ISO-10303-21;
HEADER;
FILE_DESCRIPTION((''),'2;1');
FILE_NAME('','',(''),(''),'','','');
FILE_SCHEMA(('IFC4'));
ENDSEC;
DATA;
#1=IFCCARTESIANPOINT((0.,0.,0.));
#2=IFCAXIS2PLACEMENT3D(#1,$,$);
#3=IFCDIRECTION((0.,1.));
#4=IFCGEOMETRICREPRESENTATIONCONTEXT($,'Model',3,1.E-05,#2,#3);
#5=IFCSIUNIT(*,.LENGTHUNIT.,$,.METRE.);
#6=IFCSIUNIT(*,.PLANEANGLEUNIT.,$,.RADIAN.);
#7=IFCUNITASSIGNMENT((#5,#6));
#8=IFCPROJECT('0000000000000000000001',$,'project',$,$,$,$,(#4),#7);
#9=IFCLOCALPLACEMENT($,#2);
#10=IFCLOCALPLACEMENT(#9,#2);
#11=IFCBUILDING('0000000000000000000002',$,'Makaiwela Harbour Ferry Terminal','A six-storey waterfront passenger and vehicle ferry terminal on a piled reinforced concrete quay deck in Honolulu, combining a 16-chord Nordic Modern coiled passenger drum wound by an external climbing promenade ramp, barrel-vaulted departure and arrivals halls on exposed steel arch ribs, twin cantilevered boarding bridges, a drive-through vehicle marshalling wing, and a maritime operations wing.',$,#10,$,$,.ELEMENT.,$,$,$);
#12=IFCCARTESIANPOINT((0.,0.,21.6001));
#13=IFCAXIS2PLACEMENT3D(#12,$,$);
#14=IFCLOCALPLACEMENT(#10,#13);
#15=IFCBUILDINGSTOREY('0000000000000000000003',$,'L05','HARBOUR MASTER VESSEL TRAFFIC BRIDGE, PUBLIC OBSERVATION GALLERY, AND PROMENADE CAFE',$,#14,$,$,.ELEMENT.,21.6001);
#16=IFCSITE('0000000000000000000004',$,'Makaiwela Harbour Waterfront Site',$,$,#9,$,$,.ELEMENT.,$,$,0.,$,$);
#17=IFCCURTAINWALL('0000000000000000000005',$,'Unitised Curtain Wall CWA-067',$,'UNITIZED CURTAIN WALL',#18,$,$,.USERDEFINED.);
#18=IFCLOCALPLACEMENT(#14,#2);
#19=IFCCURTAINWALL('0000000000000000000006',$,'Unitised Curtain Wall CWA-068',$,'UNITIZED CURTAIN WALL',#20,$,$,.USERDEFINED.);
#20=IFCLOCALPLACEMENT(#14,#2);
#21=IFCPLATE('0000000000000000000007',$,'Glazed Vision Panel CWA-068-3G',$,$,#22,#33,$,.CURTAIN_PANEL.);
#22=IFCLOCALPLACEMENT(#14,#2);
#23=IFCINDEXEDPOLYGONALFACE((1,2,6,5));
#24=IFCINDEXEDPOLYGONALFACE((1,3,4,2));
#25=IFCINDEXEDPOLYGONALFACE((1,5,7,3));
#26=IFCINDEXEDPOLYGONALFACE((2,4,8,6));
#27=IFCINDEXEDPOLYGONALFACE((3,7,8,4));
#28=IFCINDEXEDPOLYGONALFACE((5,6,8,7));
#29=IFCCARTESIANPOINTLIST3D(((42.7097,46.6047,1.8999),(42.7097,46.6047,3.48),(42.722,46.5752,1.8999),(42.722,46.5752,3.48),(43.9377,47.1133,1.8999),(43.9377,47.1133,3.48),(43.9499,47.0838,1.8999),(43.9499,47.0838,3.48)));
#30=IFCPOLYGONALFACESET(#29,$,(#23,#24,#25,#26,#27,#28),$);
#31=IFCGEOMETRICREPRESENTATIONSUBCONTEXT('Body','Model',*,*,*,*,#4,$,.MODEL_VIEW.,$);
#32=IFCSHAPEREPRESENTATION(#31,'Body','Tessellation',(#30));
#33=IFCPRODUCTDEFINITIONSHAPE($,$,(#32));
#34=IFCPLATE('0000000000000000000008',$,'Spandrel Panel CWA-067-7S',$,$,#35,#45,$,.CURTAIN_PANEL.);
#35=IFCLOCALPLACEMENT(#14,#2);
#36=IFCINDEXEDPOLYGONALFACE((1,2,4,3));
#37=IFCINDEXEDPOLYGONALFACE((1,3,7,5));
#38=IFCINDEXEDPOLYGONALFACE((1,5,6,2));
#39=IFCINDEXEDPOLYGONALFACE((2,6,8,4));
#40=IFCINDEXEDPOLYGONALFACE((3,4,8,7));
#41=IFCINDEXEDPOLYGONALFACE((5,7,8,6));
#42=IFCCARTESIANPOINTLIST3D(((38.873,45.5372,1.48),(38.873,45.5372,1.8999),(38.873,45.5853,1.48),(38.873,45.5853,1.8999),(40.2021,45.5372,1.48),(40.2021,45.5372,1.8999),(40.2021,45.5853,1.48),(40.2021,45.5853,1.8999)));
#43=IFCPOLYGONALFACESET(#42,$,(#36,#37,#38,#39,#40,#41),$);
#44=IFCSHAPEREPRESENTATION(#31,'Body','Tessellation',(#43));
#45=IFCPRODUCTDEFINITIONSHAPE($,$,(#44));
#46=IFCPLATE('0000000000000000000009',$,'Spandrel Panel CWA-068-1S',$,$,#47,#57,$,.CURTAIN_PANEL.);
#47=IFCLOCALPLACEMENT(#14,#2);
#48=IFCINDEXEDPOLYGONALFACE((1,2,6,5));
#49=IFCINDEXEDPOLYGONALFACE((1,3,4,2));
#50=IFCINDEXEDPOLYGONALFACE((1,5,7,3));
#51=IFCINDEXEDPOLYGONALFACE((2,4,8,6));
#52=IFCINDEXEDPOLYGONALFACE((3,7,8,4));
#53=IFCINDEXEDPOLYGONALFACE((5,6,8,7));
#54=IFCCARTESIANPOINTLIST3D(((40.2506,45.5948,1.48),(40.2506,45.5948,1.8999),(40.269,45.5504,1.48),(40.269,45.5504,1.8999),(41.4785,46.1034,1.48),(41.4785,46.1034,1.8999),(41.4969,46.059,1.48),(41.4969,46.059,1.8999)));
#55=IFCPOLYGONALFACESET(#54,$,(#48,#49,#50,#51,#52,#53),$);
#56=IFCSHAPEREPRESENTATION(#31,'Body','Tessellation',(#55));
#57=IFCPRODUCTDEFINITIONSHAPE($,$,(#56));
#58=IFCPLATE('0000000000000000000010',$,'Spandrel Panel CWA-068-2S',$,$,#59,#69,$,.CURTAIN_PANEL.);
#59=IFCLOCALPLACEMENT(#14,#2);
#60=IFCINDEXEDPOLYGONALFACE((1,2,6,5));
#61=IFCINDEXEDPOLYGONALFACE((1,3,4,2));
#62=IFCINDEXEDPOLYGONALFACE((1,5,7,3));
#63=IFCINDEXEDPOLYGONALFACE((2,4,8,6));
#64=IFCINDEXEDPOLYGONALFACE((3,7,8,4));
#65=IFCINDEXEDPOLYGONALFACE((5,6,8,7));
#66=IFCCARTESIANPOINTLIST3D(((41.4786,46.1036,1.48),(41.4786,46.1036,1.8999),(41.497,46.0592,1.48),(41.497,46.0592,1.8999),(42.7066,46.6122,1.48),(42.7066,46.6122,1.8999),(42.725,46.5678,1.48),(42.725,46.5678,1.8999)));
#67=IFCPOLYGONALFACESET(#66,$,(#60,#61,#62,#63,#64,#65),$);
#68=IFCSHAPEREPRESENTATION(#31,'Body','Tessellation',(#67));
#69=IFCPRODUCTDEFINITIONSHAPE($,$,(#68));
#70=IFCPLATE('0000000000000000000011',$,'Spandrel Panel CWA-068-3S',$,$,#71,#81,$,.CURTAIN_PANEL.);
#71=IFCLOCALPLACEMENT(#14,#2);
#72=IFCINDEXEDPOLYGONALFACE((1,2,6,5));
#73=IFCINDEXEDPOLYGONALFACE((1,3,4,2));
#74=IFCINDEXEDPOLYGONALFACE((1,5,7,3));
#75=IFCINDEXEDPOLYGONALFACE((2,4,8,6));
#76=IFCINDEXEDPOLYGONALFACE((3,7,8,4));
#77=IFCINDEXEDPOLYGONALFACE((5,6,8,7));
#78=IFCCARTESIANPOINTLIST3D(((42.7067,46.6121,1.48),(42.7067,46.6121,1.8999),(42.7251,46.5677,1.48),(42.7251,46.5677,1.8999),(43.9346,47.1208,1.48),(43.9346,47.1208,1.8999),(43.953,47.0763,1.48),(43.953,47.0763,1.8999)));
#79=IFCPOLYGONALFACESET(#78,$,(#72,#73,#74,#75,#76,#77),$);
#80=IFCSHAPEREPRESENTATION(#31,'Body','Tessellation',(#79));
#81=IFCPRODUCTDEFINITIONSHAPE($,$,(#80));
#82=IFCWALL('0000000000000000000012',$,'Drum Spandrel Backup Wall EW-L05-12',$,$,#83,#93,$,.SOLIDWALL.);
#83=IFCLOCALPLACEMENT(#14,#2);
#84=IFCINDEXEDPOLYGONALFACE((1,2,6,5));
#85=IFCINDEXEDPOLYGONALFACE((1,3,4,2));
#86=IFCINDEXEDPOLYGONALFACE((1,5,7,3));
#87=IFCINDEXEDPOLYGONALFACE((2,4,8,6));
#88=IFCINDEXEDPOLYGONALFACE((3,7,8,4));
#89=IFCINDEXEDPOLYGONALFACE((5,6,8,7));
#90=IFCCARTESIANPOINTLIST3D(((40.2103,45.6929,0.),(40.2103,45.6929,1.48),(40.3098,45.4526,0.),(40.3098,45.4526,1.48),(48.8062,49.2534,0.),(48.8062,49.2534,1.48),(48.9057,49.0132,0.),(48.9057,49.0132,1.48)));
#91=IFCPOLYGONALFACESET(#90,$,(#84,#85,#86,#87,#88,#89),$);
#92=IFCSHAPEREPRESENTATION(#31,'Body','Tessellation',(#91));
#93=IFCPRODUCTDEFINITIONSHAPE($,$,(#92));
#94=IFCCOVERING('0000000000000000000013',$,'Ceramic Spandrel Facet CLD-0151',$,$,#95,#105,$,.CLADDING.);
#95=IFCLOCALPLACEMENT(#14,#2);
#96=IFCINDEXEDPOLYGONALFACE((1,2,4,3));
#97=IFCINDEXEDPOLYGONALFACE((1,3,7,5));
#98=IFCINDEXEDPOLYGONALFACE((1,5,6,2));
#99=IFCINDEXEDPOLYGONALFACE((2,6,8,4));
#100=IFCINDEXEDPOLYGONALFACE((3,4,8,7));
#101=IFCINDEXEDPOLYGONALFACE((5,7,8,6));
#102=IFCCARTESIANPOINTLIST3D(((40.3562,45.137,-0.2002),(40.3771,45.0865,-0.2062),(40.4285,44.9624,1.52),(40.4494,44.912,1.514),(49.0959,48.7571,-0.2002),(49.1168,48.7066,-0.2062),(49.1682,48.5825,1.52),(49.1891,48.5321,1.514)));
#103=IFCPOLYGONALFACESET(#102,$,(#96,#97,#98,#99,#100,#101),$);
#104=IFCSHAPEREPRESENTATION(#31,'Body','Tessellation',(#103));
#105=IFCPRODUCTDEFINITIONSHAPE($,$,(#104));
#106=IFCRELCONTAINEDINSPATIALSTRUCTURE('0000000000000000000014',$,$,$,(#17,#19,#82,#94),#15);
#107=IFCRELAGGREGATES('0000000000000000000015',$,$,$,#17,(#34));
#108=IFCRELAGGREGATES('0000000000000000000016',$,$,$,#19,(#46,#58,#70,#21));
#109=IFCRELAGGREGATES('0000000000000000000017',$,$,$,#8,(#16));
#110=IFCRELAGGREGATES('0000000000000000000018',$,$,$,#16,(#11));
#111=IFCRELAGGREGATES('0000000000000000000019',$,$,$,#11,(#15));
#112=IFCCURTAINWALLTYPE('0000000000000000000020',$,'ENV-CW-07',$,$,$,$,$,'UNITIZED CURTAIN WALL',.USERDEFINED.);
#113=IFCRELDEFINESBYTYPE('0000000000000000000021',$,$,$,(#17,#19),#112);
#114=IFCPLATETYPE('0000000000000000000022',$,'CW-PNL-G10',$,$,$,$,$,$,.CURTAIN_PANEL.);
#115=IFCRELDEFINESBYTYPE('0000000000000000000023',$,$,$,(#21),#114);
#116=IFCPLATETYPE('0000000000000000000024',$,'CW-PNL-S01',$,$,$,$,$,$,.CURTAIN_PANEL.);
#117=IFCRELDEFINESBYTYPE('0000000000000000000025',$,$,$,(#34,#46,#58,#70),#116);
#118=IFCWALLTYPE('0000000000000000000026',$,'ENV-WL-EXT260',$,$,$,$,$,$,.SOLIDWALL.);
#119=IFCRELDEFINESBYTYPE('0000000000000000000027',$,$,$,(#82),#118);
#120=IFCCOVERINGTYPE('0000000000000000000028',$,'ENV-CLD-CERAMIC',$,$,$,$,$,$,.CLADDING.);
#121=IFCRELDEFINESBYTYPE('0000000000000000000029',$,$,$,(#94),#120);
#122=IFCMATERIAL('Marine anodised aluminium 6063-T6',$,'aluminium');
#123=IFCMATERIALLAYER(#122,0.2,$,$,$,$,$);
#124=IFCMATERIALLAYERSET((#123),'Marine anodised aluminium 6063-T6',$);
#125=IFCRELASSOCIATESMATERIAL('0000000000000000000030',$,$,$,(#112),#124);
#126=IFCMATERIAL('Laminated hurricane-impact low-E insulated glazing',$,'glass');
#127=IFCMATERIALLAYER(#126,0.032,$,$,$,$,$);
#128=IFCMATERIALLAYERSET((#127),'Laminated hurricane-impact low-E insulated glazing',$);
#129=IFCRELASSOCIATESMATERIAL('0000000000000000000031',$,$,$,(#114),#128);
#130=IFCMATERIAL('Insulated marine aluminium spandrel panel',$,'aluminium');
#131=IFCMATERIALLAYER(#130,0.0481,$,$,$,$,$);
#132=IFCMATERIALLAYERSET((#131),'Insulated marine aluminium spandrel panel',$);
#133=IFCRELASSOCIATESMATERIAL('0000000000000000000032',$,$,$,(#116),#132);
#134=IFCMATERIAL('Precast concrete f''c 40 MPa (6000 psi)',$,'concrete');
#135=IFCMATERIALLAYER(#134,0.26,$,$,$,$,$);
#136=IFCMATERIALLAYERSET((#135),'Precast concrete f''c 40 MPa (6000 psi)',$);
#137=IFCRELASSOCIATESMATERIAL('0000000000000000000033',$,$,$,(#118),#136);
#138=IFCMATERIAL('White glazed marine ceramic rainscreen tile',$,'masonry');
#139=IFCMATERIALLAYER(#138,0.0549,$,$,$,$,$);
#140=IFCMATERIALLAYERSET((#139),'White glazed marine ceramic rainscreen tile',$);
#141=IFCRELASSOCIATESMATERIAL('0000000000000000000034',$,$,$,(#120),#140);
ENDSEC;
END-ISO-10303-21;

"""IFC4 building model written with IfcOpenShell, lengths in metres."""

from ifc_helpers import new_model, si_unit, direction, frame, frame_2d, origin, origin_2d, place, context, subcontext, project, spatial, polyline, rectangle, outline, extrude, material, layer, layer_set, type_object, element, aggregate, save


model = new_model("IFC4")

# Units and contexts
model_context = context("Model", 3, precision=1e-05, world=origin(), true_north=direction((0.0, 1.0)))
body_context = subcontext(model_context, "Body", "Model", "MODEL_VIEW")
ifc_project = project(units=[si_unit("LENGTHUNIT", "METRE"), si_unit("PLANEANGLEUNIT", "RADIAN")], contexts=[model_context])

# Site, building, storey
site_placement = place(None, origin())
site = spatial("IfcSite", under=ifc_project, at=site_placement, Name="Makaiwela Harbour Waterfront Site", CompositionType="ELEMENT", RefElevation=0.0)
building_placement = place(site_placement, origin())
building = spatial("IfcBuilding", under=site, at=building_placement, Name="Makaiwela Harbour Ferry Terminal", Description="A six-storey waterfront passenger and vehicle ferry terminal on a piled reinforced concrete quay deck in Honolulu, combining a 16-chord Nordic Modern coiled passenger drum wound by an external climbing promenade ramp, barrel-vaulted departure and arrivals halls on exposed steel arch ribs, twin cantilevered boarding bridges, a drive-through vehicle marshalling wing, and a maritime operations wing.", CompositionType="ELEMENT")
storey_placement = place(building_placement, frame((0.0, 0.0, 21.6001)))
storey = spatial("IfcBuildingStorey", under=building, at=storey_placement, Name="L05", Description="HARBOUR MASTER VESSEL TRAFFIC BRIDGE, PUBLIC OBSERVATION GALLERY, AND PROMENADE CAFE", CompositionType="ELEMENT", Elevation=21.6001)

# Curtain wall
ifc_material_1 = material(Name="Marine anodised aluminium 6063-T6", Category="aluminium")
ifc_layer_1 = layer(ifc_material_1, 0.2)
ifc_layer_set_1 = layer_set([ifc_layer_1], Name="Marine anodised aluminium 6063-T6")
curtain_wall_type = type_object("IfcCurtainWallType", Name="ENV-CW-07", ElementType="UNITIZED CURTAIN WALL", PredefinedType="USERDEFINED", material=ifc_layer_set_1)
curtain_wall_1_placement = place(storey_placement, origin())
curtain_wall_1 = element("IfcCurtainWall", 1, at=curtain_wall_1_placement, inside=storey, type_object=curtain_wall_type, Name="Unitised Curtain Wall CWA-067", ObjectType="UNITIZED CURTAIN WALL", PredefinedType="USERDEFINED")

# Curtain wall
curtain_wall_2_placement = place(storey_placement, origin())
curtain_wall_2 = element("IfcCurtainWall", 2, at=curtain_wall_2_placement, inside=storey, type_object=curtain_wall_type, Name="Unitised Curtain Wall CWA-068", ObjectType="UNITIZED CURTAIN WALL", PredefinedType="USERDEFINED")

# Plates
ifc_material_2 = material(Name="Laminated hurricane-impact low-E insulated glazing", Category="glass")
ifc_layer_2 = layer(ifc_material_2, 0.032)
ifc_layer_set_2 = layer_set([ifc_layer_2], Name="Laminated hurricane-impact low-E insulated glazing")
plate_type_1 = type_object("IfcPlateType", Name="CW-PNL-G10", PredefinedType="CURTAIN_PANEL", material=ifc_layer_set_2)
plate_1_placement = place(storey_placement, frame((43.3298, 46.8442, 1.8999), z_axis=(0.0, 0.0, 1.0), x_axis=(0.92388, 0.382683, 0.0)))
plate_1 = element("IfcPlate", 3, at=plate_1_placement, type_object=plate_type_1, Name="Glazed Vision Panel CWA-068-3G", PredefinedType="CURTAIN_PANEL", context=body_context, shape_type="SweptSolid", body=[
    extrude(rectangle(XDim=1.3291, YDim=0.032, at=origin_2d()), origin(), (0.0, 0.0, 1.0), 1.5801),
])
ifc_material_3 = material(Name="Insulated marine aluminium spandrel panel", Category="aluminium")
ifc_layer_3 = layer(ifc_material_3, 0.0481)
ifc_layer_set_3 = layer_set([ifc_layer_3], Name="Insulated marine aluminium spandrel panel")
plate_type_2 = type_object("IfcPlateType", Name="CW-PNL-S01", PredefinedType="CURTAIN_PANEL", material=ifc_layer_set_3)
plate_2_placement = place(storey_placement, frame((39.5376, 45.5613, 1.48), z_axis=(0.0, 0.0, 1.0), x_axis=(1.0, 0.0, 0.0)))
plate_2 = element("IfcPlate", 4, at=plate_2_placement, type_object=plate_type_2, Name="Spandrel Panel CWA-067-7S", PredefinedType="CURTAIN_PANEL", context=body_context, shape_type="SweptSolid", body=[
    extrude(rectangle(XDim=1.3291, YDim=0.0481, at=origin_2d()), origin(), (0.0, 0.0, 1.0), 0.4199),
])
aggregate(curtain_wall_1, [plate_2])
plate_3_placement = place(storey_placement, frame((40.8738, 45.8269, 1.48), z_axis=(0.0, 0.0, 1.0), x_axis=(0.92388, 0.382683, 0.0)))
plate_3 = element("IfcPlate", 5, at=plate_3_placement, type_object=plate_type_2, Name="Spandrel Panel CWA-068-1S", PredefinedType="CURTAIN_PANEL", context=body_context, shape_type="SweptSolid", body=[
    extrude(rectangle(XDim=1.3291, YDim=0.0481, at=origin_2d()), origin(), (0.0, 0.0, 1.0), 0.4199),
])
plate_4_placement = place(storey_placement, frame((42.1018, 46.3357, 1.48), z_axis=(0.0, 0.0, 1.0), x_axis=(0.92388, 0.382683, 0.0)))
plate_4 = element("IfcPlate", 6, at=plate_4_placement, type_object=plate_type_2, Name="Spandrel Panel CWA-068-2S", PredefinedType="CURTAIN_PANEL", context=body_context, shape_type="SweptSolid", body=[
    extrude(rectangle(XDim=1.3291, YDim=0.0481, at=origin_2d()), origin(), (0.0, 0.0, 1.0), 0.4199),
])
plate_5_placement = place(storey_placement, frame((43.3298, 46.8442, 1.48), z_axis=(0.0, 0.0, 1.0), x_axis=(0.92388, 0.382683, 0.0)))
plate_5 = element("IfcPlate", 7, at=plate_5_placement, type_object=plate_type_2, Name="Spandrel Panel CWA-068-3S", PredefinedType="CURTAIN_PANEL", context=body_context, shape_type="SweptSolid", body=[
    extrude(rectangle(XDim=1.3291, YDim=0.0481, at=origin_2d()), origin(), (0.0, 0.0, 1.0), 0.4199),
])
aggregate(curtain_wall_2, [plate_3, plate_4, plate_5, plate_1])

# Wall
ifc_material_4 = material(Name="Precast concrete f'c 40 MPa (6000 psi)", Category="concrete")
ifc_layer_4 = layer(ifc_material_4, 0.26)
ifc_layer_set_4 = layer_set([ifc_layer_4], Name="Precast concrete f'c 40 MPa (6000 psi)")
wall_type = type_object("IfcWallType", Name="ENV-WL-EXT260", PredefinedType="SOLIDWALL", material=ifc_layer_set_4)
wall_placement = place(storey_placement, frame((40.26, 45.5728, 0.0), z_axis=(0.0, 0.0, 1.0), x_axis=(0.92388, 0.382682, 0.0)))
element("IfcWall", 8, at=wall_placement, inside=storey, type_object=wall_type, Name="Drum Spandrel Backup Wall EW-L05-12", PredefinedType="SOLIDWALL", context=body_context, shape_type="SweptSolid", body=[
    extrude(rectangle(XDim=9.3042, YDim=0.26, at=frame_2d((4.6521, 0.0))), origin(), (0.0, 0.0, 1.0), 1.48),
])

# Covering
ifc_material_5 = material(Name="White glazed marine ceramic rainscreen tile", Category="masonry")
ifc_layer_5 = layer(ifc_material_5, 0.0549)
ifc_layer_set_5 = layer_set([ifc_layer_5], Name="White glazed marine ceramic rainscreen tile")
covering_type = type_object("IfcCoveringType", Name="ENV-CLD-CERAMIC", PredefinedType="CLADDING", material=ifc_layer_set_5)
covering_placement = place(storey_placement, frame((40.3562, 45.137, -0.2002), z_axis=(-0.380396, 0.918358, 0.109172), x_axis=(0.92388, 0.382683, 0.0)))
element("IfcCovering", 9, at=covering_placement, inside=storey, type_object=covering_type, Name="Ceramic Spandrel Facet CLD-0151", PredefinedType="CLADDING", context=body_context, shape_type="SweptSolid", body=[
    extrude(outline(polyline([(0.0, 0.0), (9.4598, 0.0), (9.4598, -1.7306), (0.0, -1.7306), (0.0, 0.0)])), origin(), (0.0, 0.0, -1.0), 0.0549),
])

save(model, "model.ifc")
